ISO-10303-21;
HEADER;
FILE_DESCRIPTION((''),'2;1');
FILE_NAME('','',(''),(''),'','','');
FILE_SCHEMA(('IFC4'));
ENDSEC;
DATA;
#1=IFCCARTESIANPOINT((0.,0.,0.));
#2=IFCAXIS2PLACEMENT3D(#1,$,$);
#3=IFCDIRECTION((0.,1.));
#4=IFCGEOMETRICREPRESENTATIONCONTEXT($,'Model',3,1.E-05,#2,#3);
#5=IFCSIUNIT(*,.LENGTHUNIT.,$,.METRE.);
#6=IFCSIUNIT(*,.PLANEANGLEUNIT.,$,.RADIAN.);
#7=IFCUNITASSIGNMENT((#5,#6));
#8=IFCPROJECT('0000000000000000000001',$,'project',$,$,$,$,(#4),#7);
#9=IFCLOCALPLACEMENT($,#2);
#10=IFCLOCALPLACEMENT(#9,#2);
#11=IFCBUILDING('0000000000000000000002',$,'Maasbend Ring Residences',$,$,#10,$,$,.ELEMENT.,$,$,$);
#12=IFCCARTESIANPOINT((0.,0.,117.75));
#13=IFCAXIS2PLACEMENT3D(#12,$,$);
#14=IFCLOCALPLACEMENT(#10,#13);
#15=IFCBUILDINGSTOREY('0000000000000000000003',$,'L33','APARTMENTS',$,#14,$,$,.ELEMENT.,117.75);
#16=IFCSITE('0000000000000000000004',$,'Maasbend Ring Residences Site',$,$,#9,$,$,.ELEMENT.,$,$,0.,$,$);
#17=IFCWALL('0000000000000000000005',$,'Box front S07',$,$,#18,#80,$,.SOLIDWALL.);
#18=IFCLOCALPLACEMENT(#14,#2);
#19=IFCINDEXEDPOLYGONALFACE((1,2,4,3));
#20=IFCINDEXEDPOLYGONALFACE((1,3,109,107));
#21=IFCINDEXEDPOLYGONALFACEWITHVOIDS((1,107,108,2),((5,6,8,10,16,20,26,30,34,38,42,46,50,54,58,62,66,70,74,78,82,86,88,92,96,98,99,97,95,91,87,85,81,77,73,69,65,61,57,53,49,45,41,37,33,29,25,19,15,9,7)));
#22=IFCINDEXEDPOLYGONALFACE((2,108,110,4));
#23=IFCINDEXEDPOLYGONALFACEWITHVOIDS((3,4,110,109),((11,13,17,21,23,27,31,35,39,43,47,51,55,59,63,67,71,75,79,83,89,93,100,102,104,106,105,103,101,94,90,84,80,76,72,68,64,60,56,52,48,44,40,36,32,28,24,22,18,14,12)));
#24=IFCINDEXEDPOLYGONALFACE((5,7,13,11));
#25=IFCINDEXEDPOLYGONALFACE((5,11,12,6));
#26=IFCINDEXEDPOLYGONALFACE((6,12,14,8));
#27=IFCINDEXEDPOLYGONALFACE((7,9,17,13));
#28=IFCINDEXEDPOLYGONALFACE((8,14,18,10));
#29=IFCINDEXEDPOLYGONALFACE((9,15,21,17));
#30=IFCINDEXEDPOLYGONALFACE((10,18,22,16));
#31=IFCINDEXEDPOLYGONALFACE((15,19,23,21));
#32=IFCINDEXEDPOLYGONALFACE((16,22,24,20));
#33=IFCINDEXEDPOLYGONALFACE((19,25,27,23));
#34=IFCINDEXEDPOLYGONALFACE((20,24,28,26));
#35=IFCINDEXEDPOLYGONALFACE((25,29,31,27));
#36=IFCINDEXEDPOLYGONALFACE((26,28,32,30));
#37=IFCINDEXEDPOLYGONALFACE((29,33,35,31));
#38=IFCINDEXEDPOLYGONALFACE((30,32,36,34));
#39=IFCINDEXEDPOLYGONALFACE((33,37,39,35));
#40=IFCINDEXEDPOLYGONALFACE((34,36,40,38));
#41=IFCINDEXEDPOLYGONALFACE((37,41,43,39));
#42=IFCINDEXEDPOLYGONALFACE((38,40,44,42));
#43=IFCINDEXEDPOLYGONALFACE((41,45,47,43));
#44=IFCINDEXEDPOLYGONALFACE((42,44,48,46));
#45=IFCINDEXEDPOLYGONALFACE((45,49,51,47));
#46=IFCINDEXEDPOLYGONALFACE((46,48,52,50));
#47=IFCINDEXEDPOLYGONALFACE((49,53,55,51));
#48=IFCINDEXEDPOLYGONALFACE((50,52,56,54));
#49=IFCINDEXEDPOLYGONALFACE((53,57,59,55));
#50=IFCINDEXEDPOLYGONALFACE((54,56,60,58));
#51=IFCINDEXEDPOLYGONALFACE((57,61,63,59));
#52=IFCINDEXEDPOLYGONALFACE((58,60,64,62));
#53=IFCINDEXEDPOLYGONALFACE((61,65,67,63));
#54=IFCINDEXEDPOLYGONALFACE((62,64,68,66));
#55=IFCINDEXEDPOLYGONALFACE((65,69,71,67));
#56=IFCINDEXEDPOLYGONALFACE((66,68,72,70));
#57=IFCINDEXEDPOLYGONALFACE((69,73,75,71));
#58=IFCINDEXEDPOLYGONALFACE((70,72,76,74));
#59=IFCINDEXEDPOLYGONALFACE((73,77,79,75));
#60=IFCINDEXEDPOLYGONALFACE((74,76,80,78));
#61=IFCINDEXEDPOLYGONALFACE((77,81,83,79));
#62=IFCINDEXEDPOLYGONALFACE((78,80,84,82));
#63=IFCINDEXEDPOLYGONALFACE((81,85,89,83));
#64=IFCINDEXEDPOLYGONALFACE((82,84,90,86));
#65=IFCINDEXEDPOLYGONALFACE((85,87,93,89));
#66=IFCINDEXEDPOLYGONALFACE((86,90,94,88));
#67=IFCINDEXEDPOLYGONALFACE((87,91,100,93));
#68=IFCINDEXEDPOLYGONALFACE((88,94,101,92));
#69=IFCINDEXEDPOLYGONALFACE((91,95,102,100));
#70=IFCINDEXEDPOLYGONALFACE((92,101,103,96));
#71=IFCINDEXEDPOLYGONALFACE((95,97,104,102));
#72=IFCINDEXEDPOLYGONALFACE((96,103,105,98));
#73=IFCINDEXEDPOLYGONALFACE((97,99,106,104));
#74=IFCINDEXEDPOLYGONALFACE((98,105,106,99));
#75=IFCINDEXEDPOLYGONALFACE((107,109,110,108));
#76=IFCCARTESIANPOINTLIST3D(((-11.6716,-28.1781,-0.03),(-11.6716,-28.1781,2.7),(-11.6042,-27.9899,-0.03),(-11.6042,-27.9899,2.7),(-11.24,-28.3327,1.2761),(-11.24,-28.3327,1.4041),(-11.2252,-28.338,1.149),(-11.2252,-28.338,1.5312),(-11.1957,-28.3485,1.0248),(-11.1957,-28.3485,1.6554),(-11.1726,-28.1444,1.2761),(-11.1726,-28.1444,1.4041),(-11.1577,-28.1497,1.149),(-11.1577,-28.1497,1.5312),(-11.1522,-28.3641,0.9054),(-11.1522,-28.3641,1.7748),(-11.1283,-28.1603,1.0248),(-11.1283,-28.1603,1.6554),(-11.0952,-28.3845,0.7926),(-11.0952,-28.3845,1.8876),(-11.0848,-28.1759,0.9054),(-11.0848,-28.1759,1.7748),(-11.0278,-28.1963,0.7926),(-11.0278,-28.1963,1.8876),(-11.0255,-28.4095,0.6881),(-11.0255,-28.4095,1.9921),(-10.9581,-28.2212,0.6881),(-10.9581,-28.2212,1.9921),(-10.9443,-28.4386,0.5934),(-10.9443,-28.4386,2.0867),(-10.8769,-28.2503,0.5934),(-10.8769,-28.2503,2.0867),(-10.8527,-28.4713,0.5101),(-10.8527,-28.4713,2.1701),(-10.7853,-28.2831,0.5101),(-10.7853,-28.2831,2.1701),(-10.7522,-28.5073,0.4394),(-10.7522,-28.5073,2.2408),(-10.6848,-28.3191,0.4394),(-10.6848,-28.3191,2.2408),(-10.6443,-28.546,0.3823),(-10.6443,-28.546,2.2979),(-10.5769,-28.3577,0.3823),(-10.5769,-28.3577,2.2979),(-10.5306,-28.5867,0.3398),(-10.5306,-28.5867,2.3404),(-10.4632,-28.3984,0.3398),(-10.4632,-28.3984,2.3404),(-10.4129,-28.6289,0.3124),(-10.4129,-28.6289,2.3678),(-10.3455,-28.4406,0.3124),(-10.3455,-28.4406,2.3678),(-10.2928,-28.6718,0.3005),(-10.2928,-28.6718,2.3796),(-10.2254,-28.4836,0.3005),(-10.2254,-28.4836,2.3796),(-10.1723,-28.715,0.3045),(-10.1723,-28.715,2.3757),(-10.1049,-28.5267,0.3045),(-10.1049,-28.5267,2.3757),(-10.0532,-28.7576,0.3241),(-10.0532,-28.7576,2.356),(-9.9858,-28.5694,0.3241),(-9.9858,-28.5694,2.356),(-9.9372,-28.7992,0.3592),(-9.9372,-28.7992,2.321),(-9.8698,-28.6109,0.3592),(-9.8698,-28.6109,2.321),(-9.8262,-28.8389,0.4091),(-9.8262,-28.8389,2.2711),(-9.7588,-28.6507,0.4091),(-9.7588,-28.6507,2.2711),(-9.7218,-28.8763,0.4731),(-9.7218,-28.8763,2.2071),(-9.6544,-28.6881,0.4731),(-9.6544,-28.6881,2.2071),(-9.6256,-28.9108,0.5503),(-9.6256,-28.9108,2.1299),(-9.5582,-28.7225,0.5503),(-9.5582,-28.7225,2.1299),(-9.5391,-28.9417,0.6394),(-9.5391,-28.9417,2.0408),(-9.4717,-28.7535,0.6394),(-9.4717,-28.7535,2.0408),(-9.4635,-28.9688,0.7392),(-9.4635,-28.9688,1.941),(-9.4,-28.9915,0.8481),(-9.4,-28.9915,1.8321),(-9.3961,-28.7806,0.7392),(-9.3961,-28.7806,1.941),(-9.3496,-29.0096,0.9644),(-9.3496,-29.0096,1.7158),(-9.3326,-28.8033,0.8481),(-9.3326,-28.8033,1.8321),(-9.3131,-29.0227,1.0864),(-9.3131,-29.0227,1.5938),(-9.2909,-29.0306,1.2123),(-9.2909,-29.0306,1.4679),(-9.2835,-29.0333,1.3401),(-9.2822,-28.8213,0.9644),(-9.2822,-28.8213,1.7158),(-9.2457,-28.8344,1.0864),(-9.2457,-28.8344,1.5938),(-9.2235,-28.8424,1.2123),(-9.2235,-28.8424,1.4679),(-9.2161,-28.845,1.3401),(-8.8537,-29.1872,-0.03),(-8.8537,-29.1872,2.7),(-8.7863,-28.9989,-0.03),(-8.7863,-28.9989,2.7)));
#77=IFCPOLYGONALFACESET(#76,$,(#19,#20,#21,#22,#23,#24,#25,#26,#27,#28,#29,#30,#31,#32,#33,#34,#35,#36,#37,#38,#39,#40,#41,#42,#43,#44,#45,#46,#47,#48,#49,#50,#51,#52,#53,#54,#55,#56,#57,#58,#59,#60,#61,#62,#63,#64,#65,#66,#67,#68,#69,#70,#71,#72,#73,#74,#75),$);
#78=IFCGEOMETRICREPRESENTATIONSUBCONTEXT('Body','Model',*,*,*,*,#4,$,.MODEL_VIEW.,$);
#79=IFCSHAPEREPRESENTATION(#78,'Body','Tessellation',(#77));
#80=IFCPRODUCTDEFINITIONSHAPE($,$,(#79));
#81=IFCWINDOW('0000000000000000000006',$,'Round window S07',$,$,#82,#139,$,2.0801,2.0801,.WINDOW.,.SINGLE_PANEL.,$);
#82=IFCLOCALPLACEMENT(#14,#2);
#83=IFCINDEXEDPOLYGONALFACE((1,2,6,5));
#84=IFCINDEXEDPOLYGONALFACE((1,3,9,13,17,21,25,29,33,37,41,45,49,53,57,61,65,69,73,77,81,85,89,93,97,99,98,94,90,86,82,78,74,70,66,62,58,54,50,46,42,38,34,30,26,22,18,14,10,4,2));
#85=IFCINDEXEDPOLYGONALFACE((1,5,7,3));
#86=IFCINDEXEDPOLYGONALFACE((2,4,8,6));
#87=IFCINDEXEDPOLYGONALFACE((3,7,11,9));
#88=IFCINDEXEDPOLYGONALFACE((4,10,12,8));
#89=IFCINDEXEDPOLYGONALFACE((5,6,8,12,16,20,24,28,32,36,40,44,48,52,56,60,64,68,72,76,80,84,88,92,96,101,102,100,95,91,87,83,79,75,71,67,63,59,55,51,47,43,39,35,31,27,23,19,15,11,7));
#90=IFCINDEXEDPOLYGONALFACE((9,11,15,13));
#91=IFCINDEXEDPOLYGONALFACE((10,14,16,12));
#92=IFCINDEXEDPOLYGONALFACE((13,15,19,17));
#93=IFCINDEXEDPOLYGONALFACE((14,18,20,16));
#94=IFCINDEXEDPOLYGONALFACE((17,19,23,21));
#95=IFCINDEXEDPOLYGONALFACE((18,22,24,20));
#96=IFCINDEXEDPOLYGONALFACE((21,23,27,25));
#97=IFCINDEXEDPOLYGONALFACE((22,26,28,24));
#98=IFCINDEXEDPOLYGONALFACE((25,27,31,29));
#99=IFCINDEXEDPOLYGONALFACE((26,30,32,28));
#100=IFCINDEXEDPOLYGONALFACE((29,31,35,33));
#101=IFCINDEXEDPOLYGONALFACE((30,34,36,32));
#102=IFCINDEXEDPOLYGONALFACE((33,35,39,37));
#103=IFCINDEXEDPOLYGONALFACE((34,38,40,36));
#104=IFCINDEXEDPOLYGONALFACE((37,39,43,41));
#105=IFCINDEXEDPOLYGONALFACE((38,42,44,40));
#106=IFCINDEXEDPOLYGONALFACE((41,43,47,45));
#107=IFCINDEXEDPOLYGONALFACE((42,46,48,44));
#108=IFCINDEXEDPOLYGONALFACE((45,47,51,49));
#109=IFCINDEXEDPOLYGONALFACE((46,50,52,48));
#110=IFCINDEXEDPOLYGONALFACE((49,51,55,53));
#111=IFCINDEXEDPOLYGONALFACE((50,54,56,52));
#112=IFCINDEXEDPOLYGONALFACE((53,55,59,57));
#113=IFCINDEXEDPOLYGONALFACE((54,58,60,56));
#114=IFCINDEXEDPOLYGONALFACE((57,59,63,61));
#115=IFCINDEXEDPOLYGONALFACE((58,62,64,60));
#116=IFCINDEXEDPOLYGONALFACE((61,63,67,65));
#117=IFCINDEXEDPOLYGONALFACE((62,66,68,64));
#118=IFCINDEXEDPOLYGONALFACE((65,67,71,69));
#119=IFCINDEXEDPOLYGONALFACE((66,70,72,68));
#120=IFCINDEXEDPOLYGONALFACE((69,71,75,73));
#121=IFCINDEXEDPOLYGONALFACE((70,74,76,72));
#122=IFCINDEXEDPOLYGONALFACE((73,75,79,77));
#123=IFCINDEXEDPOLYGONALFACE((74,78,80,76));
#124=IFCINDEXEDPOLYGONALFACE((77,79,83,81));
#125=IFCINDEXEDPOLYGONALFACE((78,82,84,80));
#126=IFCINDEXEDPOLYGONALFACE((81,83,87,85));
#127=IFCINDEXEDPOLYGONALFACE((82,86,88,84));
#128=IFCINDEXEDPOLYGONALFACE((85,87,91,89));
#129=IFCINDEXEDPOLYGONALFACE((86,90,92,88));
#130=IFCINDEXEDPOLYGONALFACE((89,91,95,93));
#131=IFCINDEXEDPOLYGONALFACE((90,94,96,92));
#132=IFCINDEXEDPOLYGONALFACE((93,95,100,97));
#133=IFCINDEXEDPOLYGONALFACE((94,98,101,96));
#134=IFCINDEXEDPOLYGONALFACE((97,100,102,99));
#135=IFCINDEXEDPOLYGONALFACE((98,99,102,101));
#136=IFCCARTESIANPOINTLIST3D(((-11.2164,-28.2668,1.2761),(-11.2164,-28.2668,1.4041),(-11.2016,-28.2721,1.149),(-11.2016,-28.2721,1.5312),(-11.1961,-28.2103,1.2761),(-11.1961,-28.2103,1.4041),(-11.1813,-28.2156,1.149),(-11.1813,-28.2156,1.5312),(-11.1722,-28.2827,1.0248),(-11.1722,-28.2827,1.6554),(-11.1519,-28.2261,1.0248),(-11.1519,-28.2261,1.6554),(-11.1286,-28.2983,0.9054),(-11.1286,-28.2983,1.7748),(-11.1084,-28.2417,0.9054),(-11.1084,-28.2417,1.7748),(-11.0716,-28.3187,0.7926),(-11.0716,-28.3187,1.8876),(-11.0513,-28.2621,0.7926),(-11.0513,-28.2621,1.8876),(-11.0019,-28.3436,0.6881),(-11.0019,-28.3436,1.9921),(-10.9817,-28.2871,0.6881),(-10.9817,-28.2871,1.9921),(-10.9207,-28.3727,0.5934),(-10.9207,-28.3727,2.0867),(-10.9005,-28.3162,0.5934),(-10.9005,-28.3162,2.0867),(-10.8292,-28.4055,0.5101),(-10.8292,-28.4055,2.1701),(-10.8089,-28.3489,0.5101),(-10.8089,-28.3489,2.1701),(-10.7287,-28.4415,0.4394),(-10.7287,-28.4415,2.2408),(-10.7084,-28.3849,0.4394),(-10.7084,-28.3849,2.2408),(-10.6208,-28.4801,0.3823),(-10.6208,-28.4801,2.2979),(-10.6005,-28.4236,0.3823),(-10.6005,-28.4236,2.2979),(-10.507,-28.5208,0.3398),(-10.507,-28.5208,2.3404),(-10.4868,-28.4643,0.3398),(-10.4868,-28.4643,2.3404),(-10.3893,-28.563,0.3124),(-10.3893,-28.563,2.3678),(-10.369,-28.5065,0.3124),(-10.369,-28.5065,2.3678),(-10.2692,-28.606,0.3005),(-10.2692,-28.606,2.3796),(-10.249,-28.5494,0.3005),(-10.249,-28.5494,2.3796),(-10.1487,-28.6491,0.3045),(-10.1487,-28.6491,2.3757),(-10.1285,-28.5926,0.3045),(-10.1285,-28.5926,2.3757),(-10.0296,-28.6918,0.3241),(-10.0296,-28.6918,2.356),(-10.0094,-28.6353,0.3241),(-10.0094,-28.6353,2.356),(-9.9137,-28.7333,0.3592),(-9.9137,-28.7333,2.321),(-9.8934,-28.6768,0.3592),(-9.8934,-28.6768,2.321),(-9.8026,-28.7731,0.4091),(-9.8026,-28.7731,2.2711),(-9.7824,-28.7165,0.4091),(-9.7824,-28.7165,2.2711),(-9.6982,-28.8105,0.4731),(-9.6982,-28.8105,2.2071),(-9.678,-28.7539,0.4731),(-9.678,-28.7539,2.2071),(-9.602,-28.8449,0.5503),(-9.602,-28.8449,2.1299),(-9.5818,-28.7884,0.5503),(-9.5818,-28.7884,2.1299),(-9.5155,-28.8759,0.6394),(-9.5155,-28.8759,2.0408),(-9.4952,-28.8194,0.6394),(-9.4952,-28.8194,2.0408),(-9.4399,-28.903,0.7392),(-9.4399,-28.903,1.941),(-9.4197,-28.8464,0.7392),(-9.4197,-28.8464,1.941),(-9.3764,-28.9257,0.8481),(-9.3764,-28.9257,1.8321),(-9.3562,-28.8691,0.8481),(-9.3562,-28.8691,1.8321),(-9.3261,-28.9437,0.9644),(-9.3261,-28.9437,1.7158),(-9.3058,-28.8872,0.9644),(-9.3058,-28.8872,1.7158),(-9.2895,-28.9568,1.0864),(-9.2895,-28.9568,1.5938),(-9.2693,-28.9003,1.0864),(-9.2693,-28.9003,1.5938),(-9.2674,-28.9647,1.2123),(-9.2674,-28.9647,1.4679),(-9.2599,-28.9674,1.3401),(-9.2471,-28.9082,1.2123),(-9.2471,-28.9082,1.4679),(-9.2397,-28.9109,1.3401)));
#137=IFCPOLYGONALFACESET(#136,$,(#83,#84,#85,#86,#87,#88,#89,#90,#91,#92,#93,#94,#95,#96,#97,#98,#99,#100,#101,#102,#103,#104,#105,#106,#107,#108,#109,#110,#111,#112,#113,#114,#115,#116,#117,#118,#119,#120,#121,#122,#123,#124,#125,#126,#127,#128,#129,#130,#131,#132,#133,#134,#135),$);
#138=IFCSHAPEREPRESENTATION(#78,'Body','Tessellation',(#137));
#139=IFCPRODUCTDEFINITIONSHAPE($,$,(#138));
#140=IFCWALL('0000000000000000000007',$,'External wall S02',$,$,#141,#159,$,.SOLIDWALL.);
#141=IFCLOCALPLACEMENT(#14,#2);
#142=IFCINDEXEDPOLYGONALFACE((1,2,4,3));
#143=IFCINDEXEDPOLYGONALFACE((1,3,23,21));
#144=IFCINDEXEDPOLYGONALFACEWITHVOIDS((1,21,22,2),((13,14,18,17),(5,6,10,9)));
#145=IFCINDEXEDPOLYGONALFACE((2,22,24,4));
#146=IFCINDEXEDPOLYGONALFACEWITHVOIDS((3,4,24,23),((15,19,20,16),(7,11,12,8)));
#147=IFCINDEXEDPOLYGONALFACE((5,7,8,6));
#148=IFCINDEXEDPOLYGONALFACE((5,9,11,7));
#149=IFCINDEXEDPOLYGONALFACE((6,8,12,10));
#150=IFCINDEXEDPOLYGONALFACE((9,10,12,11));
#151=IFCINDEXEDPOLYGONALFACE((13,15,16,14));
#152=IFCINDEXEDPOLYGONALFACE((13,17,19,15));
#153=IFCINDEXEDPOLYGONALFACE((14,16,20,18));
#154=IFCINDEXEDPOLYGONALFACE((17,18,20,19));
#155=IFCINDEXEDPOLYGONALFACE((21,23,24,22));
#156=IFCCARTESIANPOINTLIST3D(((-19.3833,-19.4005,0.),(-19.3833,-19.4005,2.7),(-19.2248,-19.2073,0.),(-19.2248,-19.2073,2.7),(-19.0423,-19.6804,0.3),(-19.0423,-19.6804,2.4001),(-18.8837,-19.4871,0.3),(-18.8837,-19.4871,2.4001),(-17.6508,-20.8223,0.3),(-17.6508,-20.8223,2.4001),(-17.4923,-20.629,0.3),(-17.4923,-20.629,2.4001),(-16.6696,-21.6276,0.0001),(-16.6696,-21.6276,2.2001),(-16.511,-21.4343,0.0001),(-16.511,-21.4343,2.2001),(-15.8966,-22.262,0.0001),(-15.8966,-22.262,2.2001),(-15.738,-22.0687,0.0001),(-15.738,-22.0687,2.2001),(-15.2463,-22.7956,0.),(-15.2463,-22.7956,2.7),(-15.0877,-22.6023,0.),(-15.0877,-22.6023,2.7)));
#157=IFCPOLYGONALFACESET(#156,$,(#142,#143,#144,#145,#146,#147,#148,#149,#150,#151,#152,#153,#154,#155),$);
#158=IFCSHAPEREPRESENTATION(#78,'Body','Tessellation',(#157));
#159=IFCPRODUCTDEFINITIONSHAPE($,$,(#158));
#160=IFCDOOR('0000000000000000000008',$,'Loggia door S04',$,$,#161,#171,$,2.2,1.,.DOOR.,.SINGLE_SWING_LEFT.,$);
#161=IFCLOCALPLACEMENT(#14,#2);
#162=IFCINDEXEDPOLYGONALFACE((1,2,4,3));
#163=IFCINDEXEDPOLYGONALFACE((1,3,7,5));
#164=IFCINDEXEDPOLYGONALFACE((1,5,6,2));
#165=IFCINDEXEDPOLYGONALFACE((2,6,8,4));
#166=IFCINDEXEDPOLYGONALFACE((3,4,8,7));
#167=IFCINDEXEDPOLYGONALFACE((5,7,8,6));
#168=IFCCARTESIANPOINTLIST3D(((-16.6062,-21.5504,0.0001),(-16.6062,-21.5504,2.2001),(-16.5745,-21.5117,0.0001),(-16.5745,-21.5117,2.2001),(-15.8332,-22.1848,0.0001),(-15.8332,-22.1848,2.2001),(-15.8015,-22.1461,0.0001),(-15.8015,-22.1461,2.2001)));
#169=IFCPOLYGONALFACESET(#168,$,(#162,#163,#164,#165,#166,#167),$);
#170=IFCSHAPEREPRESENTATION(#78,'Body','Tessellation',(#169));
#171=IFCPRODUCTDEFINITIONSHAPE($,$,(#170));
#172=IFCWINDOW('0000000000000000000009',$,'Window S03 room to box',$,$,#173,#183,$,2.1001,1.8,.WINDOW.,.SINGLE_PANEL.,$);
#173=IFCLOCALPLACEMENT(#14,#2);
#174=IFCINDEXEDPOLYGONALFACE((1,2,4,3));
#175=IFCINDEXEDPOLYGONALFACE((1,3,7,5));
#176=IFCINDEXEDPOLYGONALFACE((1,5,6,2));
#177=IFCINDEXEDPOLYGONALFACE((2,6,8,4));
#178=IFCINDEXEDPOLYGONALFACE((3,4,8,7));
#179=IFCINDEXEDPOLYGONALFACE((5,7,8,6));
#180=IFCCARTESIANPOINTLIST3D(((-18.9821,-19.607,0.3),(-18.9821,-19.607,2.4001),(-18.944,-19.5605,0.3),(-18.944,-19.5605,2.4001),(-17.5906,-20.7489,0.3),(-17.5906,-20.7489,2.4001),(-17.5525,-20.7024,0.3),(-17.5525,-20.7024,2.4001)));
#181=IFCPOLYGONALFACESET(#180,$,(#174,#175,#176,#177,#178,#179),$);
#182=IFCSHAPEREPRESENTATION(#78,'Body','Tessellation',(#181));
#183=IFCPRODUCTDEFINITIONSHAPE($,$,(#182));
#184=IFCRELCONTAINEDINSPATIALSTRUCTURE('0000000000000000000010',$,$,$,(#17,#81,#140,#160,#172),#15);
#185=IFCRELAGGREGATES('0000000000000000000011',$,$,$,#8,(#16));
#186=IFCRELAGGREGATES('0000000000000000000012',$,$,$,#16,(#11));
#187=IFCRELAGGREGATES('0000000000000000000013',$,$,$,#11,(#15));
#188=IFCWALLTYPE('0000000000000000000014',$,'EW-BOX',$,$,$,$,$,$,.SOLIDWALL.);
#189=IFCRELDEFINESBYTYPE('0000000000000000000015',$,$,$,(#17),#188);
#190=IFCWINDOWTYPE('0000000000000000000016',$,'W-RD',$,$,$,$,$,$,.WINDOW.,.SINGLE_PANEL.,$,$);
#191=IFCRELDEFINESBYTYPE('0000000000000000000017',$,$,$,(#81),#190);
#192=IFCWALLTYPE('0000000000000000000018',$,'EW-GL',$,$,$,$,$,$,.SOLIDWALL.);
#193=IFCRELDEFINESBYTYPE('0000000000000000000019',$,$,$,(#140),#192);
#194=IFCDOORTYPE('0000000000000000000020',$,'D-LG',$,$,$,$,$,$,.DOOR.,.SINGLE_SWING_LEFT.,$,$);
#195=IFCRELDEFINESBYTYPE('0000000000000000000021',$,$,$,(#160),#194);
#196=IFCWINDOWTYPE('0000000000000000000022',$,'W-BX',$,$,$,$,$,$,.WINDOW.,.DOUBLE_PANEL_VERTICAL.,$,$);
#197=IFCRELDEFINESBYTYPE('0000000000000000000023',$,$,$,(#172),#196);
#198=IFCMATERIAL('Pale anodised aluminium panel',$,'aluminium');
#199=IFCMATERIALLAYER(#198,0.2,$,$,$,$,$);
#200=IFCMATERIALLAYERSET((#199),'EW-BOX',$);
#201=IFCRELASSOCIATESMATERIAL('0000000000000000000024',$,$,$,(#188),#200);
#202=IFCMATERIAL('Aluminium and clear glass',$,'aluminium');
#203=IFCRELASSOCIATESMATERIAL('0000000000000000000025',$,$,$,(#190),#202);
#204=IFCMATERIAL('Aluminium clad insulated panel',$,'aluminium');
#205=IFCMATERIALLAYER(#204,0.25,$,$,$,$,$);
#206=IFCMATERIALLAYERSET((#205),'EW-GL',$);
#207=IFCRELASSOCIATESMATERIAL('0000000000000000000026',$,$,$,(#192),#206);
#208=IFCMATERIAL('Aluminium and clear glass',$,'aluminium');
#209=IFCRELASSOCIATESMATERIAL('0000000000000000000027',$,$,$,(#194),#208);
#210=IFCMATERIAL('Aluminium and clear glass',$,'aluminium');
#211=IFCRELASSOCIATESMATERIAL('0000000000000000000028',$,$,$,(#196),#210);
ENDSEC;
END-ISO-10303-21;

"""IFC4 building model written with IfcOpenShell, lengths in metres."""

from ifc_helpers import new_model, si_unit, direction, frame, frame_2d, origin, place, context, subcontext, project, spatial, rectangle, circle, extrude, material, layer, layer_set, type_object, element, fill, save


model = new_model("IFC4")

# Units and contexts
model_context = context("Model", 3, precision=1e-05, world=origin(), true_north=direction((0.0, 1.0)))
body_context = subcontext(model_context, "Body", "Model", "MODEL_VIEW")
ifc_project = project(units=[si_unit("LENGTHUNIT", "METRE"), si_unit("PLANEANGLEUNIT", "RADIAN")], contexts=[model_context])

# Site, building, storey
site_placement = place(None, origin())
site = spatial("IfcSite", under=ifc_project, at=site_placement, Name="Maasbend Ring Residences Site", CompositionType="ELEMENT", RefElevation=0.0)
building_placement = place(site_placement, origin())
building = spatial("IfcBuilding", under=site, at=building_placement, Name="Maasbend Ring Residences", CompositionType="ELEMENT")
storey_placement = place(building_placement, frame((0.0, 0.0, 117.75)))
storey = spatial("IfcBuildingStorey", under=building, at=storey_placement, Name="L33", Description="APARTMENTS", CompositionType="ELEMENT", Elevation=117.75)

# Shared definitions
ifc_material_1 = material(Name="Pale anodised aluminium panel", Category="aluminium")
ifc_layer_1 = layer(ifc_material_1, 0.2)
ifc_layer_set_1 = layer_set([ifc_layer_1], Name="EW-BOX")
wall_type_1 = type_object("IfcWallType", Name="EW-BOX", PredefinedType="SOLIDWALL", material=ifc_layer_set_1)
ifc_material_2 = material(Name="Aluminium and clear glass", Category="aluminium")
window_type_1 = type_object("IfcWindowType", Name="W-RD", PartitioningType="SINGLE_PANEL", PredefinedType="WINDOW", material=ifc_material_2)

# Wall, opening, window
wall_1_placement = place(storey_placement, frame((-11.6379, -28.084, -0.03), z_axis=(0.0, 0.0, 1.0), x_axis=(0.941461, -0.337122, 0.0)))
wall_1 = element("IfcWall", 1, at=wall_1_placement, inside=storey, type_object=wall_type_1, Name="Box front S07", PredefinedType="SOLIDWALL", context=body_context, shape_type="SweptSolid", body=[
    extrude(rectangle(XDim=2.9932, YDim=0.2, at=frame_2d((1.4966, 0.0))), origin(), (0.0, 0.0, 1.0), 2.73),
])
opening_1_placement = place(wall_1_placement, frame((0.4565, 0.0, 0.3301)))
opening_1 = element("IfcOpeningElement", 2, at=opening_1_placement, cuts=wall_1, PredefinedType="OPENING", context=body_context, shape_type="SweptSolid", body=[
    extrude(circle(Radius=1.04, at=frame_2d((1.04, 1.04))), frame((0.0, 0.1099, 0.0), z_axis=(0.0, -1.0, 0.0), x_axis=(1.0, 0.0, 0.0)), (0.0, 0.0, 1.0), 0.22),
])
window_1_placement = place(opening_1_placement, origin())
window_1 = element("IfcWindow", 3, at=window_1_placement, inside=storey, type_object=window_type_1, Name="Round window S07", OverallHeight=2.0801, OverallWidth=2.0801, PartitioningType="SINGLE_PANEL", PredefinedType="WINDOW", context=body_context, shape_type="SweptSolid", body=[
    extrude(circle(Radius=1.04, at=frame_2d((1.04, 1.04))), frame((0.0, 0.03, 0.0), z_axis=(0.0, -1.0, 0.0), x_axis=(1.0, 0.0, 0.0)), (0.0, 0.0, 1.0), 0.0601),
])
fill(opening_1, window_1)

# Wall, openings, door, window
ifc_material_3 = material(Name="Aluminium clad insulated panel", Category="aluminium")
ifc_layer_2 = layer(ifc_material_3, 0.25)
ifc_layer_set_2 = layer_set([ifc_layer_2], Name="EW-GL")
wall_type_2 = type_object("IfcWallType", Name="EW-GL", PredefinedType="SOLIDWALL", material=ifc_layer_set_2)
wall_2_placement = place(storey_placement, frame((-19.304, -19.304, 0.0), z_axis=(0.0, 0.0, 1.0), x_axis=(0.773019, -0.634382, 0.0)))
wall_2 = element("IfcWall", 4, at=wall_2_placement, inside=storey, type_object=wall_type_2, Name="External wall S02", PredefinedType="SOLIDWALL", context=body_context, shape_type="SweptSolid", body=[
    extrude(rectangle(XDim=5.3518, YDim=0.25, at=frame_2d((2.6758, 0.0))), origin(), (0.0, 0.0, 1.0), 2.7),
])
opening_2_placement = place(wall_2_placement, frame((0.4412, 0.0, 0.3)))
opening_2 = element("IfcOpeningElement", 5, at=opening_2_placement, cuts=wall_2, PredefinedType="OPENING", context=body_context, shape_type="SweptSolid", body=[
    extrude(rectangle(XDim=1.8, YDim=2.1001, at=frame_2d((0.8999, 1.05))), frame((0.0, 0.135, 0.0), z_axis=(0.0, -1.0, 0.0), x_axis=(1.0, 0.0, 0.0)), (0.0, 0.0, 1.0), 0.27),
])
opening_3_placement = place(wall_2_placement, frame((3.5105, 0.0, 0.0)))
opening_3 = element("IfcOpeningElement", 6, at=opening_3_placement, cuts=wall_2, PredefinedType="OPENING", context=body_context, shape_type="SweptSolid", body=[
    extrude(rectangle(XDim=1.0, YDim=2.2, at=frame_2d((0.5, 1.1001))), frame((0.0, 0.135, 0.0), z_axis=(0.0, -1.0, 0.0), x_axis=(1.0, 0.0, 0.0)), (0.0, 0.0, 1.0), 0.27),
])
ifc_material_4 = material(Name="Aluminium and clear glass", Category="aluminium")
door_type = type_object("IfcDoorType", Name="D-LG", OperationType="SINGLE_SWING_LEFT", PredefinedType="DOOR", material=ifc_material_4)
door_1_placement = place(opening_3_placement, origin())
door_1 = element("IfcDoor", 7, at=door_1_placement, inside=storey, type_object=door_type, Name="Loggia door S04", OperationType="SINGLE_SWING_LEFT", OverallHeight=2.2, OverallWidth=1.0, PredefinedType="DOOR", context=body_context, shape_type="SweptSolid", body=[
    extrude(rectangle(XDim=1.0, YDim=2.2, at=frame_2d((0.5, 1.1001))), frame((0.0, 0.0249, 0.0), z_axis=(0.0, -1.0, 0.0), x_axis=(1.0, 0.0, 0.0)), (0.0, 0.0, 1.0), 0.05),
])
fill(opening_3, door_1)
ifc_material_5 = material(Name="Aluminium and clear glass", Category="aluminium")
window_type_2 = type_object("IfcWindowType", Name="W-BX", PartitioningType="DOUBLE_PANEL_VERTICAL", PredefinedType="WINDOW", material=ifc_material_5)
window_2_placement = place(opening_2_placement, origin())
window_2 = element("IfcWindow", 8, at=window_2_placement, inside=storey, type_object=window_type_2, Name="Window S03 room to box", OverallHeight=2.1001, OverallWidth=1.8, PartitioningType="SINGLE_PANEL", PredefinedType="WINDOW", context=body_context, shape_type="SweptSolid", body=[
    extrude(rectangle(XDim=1.8, YDim=2.1001, at=frame_2d((0.8999, 1.05))), frame((0.0, 0.03, 0.0), z_axis=(0.0, -1.0, 0.0), x_axis=(1.0, 0.0, 0.0)), (0.0, 0.0, 1.0), 0.0601),
])
fill(opening_2, window_2)

save(model, "model.ifc")
